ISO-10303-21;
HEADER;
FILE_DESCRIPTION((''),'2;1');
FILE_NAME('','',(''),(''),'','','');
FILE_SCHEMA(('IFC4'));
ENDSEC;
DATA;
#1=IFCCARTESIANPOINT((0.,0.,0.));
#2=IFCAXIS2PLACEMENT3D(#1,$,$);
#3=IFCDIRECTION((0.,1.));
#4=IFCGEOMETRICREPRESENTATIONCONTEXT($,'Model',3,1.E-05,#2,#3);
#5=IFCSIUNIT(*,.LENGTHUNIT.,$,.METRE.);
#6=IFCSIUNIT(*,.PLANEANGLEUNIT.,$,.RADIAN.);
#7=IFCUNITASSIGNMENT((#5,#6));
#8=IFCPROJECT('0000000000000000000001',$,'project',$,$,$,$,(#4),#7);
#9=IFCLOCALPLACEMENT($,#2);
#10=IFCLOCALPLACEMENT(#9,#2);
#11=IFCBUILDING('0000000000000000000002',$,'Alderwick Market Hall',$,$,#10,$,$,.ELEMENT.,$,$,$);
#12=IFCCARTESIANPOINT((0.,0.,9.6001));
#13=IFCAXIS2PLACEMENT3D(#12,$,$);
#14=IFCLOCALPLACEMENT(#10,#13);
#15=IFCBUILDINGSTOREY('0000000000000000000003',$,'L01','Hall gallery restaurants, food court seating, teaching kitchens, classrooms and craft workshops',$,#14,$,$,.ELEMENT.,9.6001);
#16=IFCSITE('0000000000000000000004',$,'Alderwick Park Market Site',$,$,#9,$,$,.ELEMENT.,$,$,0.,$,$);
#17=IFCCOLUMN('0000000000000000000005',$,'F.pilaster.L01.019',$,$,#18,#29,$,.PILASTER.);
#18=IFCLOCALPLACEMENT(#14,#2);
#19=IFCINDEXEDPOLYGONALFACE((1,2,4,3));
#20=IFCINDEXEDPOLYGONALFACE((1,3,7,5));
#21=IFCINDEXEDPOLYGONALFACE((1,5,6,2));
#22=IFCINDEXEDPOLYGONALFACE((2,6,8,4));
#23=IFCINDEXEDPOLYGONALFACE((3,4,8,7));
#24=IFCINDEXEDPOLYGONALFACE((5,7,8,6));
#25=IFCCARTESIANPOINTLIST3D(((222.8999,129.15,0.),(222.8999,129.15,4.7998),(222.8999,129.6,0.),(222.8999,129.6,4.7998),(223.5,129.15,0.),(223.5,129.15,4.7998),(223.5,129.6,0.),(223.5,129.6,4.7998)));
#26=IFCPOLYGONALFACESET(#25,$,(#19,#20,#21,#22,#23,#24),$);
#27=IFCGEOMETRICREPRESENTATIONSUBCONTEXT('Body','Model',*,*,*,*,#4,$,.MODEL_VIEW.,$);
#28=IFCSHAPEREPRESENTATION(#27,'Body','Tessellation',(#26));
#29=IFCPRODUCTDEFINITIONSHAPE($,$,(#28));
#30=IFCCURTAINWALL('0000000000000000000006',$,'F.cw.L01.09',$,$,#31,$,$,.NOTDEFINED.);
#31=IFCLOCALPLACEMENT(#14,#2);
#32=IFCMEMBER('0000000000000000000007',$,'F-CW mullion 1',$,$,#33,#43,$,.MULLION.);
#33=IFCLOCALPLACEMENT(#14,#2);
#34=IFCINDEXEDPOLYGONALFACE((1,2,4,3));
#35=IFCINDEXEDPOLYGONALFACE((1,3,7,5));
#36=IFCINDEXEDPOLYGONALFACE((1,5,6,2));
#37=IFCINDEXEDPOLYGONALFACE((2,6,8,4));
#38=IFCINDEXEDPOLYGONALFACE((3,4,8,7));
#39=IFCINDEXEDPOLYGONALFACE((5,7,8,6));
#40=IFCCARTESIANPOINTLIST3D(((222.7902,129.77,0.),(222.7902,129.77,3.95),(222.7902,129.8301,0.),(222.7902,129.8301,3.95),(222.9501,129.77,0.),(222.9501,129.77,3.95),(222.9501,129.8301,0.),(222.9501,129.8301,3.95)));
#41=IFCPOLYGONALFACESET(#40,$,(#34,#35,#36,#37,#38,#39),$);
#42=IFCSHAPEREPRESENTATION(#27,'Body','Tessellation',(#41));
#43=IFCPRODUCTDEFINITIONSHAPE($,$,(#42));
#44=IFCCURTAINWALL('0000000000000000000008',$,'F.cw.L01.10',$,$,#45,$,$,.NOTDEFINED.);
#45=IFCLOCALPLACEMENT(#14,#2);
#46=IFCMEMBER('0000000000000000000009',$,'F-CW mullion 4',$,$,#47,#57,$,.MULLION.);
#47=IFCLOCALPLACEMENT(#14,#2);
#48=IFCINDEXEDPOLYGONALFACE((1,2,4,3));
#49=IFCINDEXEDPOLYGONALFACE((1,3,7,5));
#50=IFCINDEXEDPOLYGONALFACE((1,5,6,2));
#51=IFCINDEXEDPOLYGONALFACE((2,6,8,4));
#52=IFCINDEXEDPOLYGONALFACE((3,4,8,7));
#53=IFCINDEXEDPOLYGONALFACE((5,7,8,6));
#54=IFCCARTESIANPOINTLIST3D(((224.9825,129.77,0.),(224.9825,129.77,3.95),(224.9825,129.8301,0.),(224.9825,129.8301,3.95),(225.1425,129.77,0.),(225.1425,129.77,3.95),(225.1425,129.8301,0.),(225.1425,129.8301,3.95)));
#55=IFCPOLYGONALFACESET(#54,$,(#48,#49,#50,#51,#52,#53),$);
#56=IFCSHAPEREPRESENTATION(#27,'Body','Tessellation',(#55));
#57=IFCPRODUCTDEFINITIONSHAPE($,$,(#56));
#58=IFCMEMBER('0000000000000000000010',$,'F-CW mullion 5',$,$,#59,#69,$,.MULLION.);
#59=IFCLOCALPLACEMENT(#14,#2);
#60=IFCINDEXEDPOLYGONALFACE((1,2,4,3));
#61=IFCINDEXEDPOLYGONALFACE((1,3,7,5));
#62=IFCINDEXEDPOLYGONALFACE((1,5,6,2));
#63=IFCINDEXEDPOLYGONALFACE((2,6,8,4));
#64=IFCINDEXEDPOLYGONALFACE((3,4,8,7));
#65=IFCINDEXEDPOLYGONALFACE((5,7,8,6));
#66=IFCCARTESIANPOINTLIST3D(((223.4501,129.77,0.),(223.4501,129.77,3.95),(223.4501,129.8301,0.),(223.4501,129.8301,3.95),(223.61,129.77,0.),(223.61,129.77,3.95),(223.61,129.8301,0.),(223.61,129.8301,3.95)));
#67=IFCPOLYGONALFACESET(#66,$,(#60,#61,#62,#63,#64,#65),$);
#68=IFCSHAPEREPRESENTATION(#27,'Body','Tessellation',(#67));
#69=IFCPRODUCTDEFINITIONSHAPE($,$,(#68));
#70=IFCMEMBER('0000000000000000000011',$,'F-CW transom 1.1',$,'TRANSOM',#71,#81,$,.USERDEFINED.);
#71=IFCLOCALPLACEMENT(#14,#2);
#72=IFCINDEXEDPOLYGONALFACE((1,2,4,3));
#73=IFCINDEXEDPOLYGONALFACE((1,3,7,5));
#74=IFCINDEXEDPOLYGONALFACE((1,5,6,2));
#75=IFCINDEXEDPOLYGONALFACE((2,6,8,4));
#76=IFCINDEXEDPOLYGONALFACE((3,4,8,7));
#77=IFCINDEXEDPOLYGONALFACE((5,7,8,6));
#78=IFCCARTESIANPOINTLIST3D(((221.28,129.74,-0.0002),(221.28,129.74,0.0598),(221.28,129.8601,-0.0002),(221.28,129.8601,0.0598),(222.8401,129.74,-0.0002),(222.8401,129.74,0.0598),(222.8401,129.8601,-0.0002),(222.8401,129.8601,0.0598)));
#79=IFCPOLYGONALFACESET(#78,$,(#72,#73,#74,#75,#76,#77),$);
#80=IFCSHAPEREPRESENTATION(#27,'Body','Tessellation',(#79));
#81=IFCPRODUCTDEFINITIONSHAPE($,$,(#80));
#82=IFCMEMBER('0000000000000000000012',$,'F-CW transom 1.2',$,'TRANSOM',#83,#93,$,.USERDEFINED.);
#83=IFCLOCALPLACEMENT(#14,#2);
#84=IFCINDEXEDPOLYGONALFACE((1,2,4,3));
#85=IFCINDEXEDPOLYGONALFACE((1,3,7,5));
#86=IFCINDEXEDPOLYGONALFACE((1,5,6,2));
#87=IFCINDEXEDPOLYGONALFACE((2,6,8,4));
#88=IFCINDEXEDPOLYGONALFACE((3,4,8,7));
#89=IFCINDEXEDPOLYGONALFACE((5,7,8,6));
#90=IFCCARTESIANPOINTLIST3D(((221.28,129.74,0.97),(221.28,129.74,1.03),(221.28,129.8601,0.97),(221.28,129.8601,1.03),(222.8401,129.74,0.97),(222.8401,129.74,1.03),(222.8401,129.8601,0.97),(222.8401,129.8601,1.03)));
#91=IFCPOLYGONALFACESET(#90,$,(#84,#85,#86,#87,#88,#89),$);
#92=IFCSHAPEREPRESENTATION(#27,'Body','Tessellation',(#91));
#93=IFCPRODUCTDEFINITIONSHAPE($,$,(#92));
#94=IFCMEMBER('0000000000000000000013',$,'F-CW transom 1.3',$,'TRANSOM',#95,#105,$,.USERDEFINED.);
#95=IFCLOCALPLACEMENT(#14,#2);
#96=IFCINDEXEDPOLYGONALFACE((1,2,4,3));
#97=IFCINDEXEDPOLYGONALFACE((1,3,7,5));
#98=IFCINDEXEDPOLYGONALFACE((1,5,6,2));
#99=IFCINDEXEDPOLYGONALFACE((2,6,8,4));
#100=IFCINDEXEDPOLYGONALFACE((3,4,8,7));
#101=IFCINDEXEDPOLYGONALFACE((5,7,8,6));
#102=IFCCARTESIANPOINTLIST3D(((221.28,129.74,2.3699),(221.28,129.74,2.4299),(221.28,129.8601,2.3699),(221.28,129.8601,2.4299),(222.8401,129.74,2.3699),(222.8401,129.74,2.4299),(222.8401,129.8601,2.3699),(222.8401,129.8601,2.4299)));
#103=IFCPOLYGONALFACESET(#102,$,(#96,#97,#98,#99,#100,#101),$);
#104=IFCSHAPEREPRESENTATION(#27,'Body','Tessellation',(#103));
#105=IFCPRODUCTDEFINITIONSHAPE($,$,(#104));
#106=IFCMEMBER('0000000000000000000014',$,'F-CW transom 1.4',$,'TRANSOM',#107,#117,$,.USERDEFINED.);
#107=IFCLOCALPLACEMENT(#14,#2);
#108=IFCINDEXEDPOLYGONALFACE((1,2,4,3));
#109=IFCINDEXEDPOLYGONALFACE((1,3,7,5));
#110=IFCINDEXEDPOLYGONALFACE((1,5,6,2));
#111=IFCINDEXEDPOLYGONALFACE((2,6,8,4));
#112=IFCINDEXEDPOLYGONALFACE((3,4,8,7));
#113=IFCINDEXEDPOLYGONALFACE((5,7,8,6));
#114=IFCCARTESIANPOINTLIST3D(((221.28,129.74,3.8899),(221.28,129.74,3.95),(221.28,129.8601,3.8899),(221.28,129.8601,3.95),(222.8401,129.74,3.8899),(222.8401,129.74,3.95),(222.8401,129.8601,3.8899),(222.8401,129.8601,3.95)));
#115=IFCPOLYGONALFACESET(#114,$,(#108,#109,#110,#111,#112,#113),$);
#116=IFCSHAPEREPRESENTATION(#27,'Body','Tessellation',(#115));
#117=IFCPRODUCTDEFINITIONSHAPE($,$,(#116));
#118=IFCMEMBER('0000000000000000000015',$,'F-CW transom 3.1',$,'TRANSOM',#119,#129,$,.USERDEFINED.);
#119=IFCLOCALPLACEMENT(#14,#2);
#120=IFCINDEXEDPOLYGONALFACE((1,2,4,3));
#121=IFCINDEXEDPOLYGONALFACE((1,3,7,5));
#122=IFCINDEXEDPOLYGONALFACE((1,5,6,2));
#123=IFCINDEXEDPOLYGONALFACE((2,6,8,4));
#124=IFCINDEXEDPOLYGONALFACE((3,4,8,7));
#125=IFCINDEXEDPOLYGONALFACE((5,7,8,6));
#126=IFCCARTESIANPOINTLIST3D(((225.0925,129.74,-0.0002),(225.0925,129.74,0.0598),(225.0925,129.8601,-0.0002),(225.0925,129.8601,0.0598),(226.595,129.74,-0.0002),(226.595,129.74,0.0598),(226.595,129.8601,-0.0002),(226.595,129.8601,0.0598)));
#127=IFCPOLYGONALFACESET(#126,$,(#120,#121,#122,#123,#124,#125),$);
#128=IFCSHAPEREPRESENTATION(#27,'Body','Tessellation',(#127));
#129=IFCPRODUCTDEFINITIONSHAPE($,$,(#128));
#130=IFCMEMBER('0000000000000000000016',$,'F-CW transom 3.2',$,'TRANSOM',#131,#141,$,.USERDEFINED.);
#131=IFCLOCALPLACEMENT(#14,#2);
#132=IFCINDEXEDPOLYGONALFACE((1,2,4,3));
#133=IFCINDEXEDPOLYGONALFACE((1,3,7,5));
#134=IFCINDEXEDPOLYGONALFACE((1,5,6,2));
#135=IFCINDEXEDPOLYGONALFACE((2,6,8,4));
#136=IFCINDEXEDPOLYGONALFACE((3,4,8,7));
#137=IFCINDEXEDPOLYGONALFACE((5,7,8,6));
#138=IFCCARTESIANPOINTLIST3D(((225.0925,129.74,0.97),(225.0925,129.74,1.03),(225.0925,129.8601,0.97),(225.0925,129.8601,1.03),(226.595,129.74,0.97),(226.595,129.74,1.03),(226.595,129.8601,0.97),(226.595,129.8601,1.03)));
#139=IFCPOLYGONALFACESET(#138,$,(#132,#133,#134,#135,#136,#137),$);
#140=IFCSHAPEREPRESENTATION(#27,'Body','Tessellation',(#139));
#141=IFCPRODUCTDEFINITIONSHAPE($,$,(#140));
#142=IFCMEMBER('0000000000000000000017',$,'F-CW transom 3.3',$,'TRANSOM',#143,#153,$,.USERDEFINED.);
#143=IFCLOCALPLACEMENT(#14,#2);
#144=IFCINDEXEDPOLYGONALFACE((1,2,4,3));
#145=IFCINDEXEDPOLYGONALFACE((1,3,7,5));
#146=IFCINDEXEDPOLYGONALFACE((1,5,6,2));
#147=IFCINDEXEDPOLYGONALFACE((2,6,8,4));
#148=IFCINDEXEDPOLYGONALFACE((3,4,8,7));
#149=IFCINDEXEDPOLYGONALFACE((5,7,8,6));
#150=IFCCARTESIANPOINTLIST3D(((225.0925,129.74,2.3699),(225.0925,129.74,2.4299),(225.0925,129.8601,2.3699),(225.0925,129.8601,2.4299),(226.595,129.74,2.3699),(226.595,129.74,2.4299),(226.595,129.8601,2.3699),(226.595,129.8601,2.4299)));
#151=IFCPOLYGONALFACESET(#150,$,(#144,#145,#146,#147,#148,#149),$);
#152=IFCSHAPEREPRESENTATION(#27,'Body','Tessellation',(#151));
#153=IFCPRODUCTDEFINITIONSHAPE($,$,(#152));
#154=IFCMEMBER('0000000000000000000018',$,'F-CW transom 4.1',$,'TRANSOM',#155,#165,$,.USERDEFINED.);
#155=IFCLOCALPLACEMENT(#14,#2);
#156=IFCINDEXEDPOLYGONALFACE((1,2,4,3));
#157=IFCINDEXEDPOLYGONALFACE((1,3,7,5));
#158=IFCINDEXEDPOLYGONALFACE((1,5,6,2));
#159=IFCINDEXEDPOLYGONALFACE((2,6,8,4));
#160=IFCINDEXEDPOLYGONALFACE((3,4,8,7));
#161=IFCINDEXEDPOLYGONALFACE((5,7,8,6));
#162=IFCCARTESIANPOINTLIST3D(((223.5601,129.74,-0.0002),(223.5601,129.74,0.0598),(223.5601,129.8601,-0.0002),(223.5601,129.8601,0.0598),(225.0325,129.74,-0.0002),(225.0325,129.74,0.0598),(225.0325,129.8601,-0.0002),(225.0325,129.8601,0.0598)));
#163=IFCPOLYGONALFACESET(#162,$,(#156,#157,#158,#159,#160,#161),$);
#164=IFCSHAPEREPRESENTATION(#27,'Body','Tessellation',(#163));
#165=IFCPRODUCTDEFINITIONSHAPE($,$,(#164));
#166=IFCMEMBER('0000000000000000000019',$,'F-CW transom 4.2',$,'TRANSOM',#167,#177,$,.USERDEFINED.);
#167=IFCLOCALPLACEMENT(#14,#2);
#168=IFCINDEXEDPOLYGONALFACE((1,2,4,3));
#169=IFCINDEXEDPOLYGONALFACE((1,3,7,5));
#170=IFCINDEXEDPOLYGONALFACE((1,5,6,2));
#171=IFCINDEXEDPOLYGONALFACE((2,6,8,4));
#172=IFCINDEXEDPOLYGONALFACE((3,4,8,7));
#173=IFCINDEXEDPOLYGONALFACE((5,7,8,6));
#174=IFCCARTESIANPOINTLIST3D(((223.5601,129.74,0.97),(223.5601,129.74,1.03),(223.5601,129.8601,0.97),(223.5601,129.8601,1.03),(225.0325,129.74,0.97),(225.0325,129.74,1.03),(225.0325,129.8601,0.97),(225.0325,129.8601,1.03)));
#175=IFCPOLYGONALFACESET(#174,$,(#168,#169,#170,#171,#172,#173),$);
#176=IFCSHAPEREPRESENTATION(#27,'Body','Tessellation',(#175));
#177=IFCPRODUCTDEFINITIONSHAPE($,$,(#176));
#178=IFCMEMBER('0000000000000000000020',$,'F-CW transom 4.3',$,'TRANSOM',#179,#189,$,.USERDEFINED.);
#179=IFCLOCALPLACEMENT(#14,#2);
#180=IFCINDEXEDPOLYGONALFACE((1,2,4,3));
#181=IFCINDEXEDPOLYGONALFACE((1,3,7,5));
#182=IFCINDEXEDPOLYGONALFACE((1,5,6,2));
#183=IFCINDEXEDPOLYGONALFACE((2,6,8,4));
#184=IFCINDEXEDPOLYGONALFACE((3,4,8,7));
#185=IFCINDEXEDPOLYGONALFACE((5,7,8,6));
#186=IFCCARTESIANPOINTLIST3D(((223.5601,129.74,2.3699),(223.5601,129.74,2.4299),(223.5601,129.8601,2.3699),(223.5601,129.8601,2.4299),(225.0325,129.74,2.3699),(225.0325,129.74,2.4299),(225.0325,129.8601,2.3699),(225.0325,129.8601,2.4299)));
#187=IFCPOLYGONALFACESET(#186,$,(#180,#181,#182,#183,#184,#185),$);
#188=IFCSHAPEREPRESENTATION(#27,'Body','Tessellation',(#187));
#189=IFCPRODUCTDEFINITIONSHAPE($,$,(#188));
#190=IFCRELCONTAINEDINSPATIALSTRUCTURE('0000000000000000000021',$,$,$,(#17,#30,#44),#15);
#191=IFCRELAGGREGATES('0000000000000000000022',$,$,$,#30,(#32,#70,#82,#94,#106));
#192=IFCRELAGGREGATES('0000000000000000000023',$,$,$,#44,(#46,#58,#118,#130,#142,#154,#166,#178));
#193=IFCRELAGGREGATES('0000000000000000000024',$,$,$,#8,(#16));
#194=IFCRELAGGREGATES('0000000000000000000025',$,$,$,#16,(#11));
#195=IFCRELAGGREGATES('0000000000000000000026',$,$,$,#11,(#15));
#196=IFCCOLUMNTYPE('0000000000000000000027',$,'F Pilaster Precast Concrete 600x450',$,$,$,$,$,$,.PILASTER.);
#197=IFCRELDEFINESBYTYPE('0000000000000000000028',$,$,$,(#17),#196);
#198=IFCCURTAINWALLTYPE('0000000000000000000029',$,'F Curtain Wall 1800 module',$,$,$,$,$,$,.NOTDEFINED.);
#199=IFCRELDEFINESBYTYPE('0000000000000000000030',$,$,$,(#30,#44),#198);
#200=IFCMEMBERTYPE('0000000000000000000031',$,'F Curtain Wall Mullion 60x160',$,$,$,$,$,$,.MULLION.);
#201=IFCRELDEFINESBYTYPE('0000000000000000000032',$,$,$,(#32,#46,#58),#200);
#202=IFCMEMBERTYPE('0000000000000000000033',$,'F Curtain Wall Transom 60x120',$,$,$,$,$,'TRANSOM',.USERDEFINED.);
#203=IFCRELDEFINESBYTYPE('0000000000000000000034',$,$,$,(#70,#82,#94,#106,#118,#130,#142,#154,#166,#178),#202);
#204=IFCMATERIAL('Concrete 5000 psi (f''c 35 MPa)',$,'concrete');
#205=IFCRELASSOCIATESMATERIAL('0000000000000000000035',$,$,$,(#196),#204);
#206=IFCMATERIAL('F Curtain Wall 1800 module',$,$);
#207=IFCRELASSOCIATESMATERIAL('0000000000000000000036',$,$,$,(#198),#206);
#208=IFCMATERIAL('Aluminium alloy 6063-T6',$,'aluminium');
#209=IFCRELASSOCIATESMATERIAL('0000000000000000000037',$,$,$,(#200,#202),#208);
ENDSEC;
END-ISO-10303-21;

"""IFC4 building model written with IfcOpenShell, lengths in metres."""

from ifc_helpers import new_model, si_unit, direction, frame, origin, origin_2d, place, context, subcontext, project, spatial, rectangle, extrude, material, material_profile, profile_set, type_object, element, aggregate, save


model = new_model("IFC4")

# Units and contexts
model_context = context("Model", 3, precision=1e-05, world=origin(), true_north=direction((0.0, 1.0)))
body_context = subcontext(model_context, "Body", "Model", "MODEL_VIEW")
ifc_project = project(units=[si_unit("LENGTHUNIT", "METRE"), si_unit("PLANEANGLEUNIT", "RADIAN")], contexts=[model_context])

# Site, building, storey
site_placement = place(None, origin())
site = spatial("IfcSite", under=ifc_project, at=site_placement, Name="Alderwick Park Market Site", CompositionType="ELEMENT", RefElevation=0.0)
building_placement = place(site_placement, origin())
building = spatial("IfcBuilding", under=site, at=building_placement, Name="Alderwick Market Hall", CompositionType="ELEMENT")
storey_placement = place(building_placement, frame((0.0, 0.0, 9.6001)))
storey = spatial("IfcBuildingStorey", under=building, at=storey_placement, Name="L01", Description="Hall gallery restaurants, food court seating, teaching kitchens, classrooms and craft workshops", CompositionType="ELEMENT", Elevation=9.6001)

# Column
ifc_material_1 = material(Name="Concrete 5000 psi (f'c 35 MPa)", Category="concrete")
ifc_material_profile_1 = material_profile(ifc_material_1, rectangle(XDim=0.6001, YDim=0.45, at=origin_2d()), Name="PC 600x450")
ifc_profile_set_1 = profile_set([ifc_material_profile_1], Name="Concrete 5000 psi (f'c 35 MPa)")
column_type = type_object("IfcColumnType", Name="F Pilaster Precast Concrete 600x450", PredefinedType="PILASTER", material=ifc_profile_set_1)
column_placement = place(storey_placement, frame((223.2, 129.375, 0.0), z_axis=(0.0, 0.0, 1.0), x_axis=(1.0, 0.0, 0.0)))
element("IfcColumn", 1, at=column_placement, inside=storey, type_object=column_type, Name="F.pilaster.L01.019", PredefinedType="PILASTER", context=body_context, shape_type="SweptSolid", body=[
    extrude(rectangle(XDim=0.6001, YDim=0.45, at=origin_2d()), origin(), (0.0, 0.0, 1.0), 4.7998),
])

# Curtain wall, member
ifc_material_2 = material(Name="F Curtain Wall 1800 module")
curtain_wall_type = type_object("IfcCurtainWallType", Name="F Curtain Wall 1800 module", PredefinedType="NOTDEFINED", material=ifc_material_2)
curtain_wall_1_placement = place(storey_placement, origin())
curtain_wall_1 = element("IfcCurtainWall", 2, at=curtain_wall_1_placement, inside=storey, type_object=curtain_wall_type, Name="F.cw.L01.09", PredefinedType="NOTDEFINED")
ifc_material_3 = material(Name="Aluminium alloy 6063-T6", Category="aluminium")
ifc_material_profile_2 = material_profile(ifc_material_3, rectangle(XDim=0.0601, YDim=0.1599, at=origin_2d()), Name="AL 60x160")
ifc_profile_set_2 = profile_set([ifc_material_profile_2], Name="Aluminium alloy 6063-T6")
member_type_1 = type_object("IfcMemberType", Name="F Curtain Wall Mullion 60x160", PredefinedType="MULLION", material=ifc_profile_set_2)
member_1_placement = place(storey_placement, frame((222.8701, 129.8, 0.0), z_axis=(0.0, 0.0, 1.0), x_axis=(0.0, -1.0, 0.0)))
member_1 = element("IfcMember", 3, at=member_1_placement, type_object=member_type_1, Name="F-CW mullion 1", PredefinedType="MULLION", context=body_context, shape_type="SweptSolid", body=[
    extrude(rectangle(XDim=0.0601, YDim=0.1599, at=origin_2d()), origin(), (0.0, 0.0, 1.0), 3.95),
])

# Curtain wall, members
curtain_wall_2_placement = place(storey_placement, origin())
curtain_wall_2 = element("IfcCurtainWall", 4, at=curtain_wall_2_placement, inside=storey, type_object=curtain_wall_type, Name="F.cw.L01.10", PredefinedType="NOTDEFINED")
member_2_placement = place(storey_placement, frame((225.0625, 129.8, 0.0), z_axis=(0.0, 0.0, 1.0), x_axis=(0.0, -1.0, 0.0)))
member_2 = element("IfcMember", 5, at=member_2_placement, type_object=member_type_1, Name="F-CW mullion 4", PredefinedType="MULLION", context=body_context, shape_type="SweptSolid", body=[
    extrude(rectangle(XDim=0.0601, YDim=0.1599, at=origin_2d()), origin(), (0.0, 0.0, 1.0), 3.95),
])
member_3_placement = place(storey_placement, frame((223.53, 129.8, 0.0), z_axis=(0.0, 0.0, 1.0), x_axis=(0.0, -1.0, 0.0)))
member_3 = element("IfcMember", 6, at=member_3_placement, type_object=member_type_1, Name="F-CW mullion 5", PredefinedType="MULLION", context=body_context, shape_type="SweptSolid", body=[
    extrude(rectangle(XDim=0.0601, YDim=0.1599, at=origin_2d()), origin(), (0.0, 0.0, 1.0), 3.95),
])

# Members
ifc_material_profile_3 = material_profile(ifc_material_3, rectangle(XDim=0.1201, YDim=0.0601, at=origin_2d()), Name="AL 60x120")
ifc_profile_set_3 = profile_set([ifc_material_profile_3], Name="Aluminium alloy 6063-T6")
member_type_2 = type_object("IfcMemberType", Name="F Curtain Wall Transom 60x120", ElementType="TRANSOM", PredefinedType="USERDEFINED", material=ifc_profile_set_3)
member_4_placement = place(storey_placement, frame((222.8401, 129.8, 0.0298), z_axis=(-1.0, 0.0, 0.0), x_axis=(0.0, -1.0, 0.0)))
member_4 = element("IfcMember", 7, at=member_4_placement, type_object=member_type_2, Name="F-CW transom 1.1", ObjectType="TRANSOM", PredefinedType="USERDEFINED", context=body_context, shape_type="SweptSolid", body=[
    extrude(rectangle(XDim=0.1201, YDim=0.0601, at=origin_2d()), origin(), (0.0, 0.0, 1.0), 1.5601),
])
member_5_placement = place(storey_placement, frame((222.8401, 129.8, 1.0), z_axis=(-1.0, 0.0, 0.0), x_axis=(0.0, -1.0, 0.0)))
member_5 = element("IfcMember", 8, at=member_5_placement, type_object=member_type_2, Name="F-CW transom 1.2", ObjectType="TRANSOM", PredefinedType="USERDEFINED", context=body_context, shape_type="SweptSolid", body=[
    extrude(rectangle(XDim=0.1201, YDim=0.0601, at=origin_2d()), origin(), (0.0, 0.0, 1.0), 1.5601),
])
member_6_placement = place(storey_placement, frame((222.8401, 129.8, 2.3999), z_axis=(-1.0, 0.0, 0.0), x_axis=(0.0, -1.0, 0.0)))
member_6 = element("IfcMember", 9, at=member_6_placement, type_object=member_type_2, Name="F-CW transom 1.3", ObjectType="TRANSOM", PredefinedType="USERDEFINED", context=body_context, shape_type="SweptSolid", body=[
    extrude(rectangle(XDim=0.1201, YDim=0.0601, at=origin_2d()), origin(), (0.0, 0.0, 1.0), 1.5601),
])
member_7_placement = place(storey_placement, frame((222.8401, 129.8, 3.9199), z_axis=(-1.0, 0.0, 0.0), x_axis=(0.0, -1.0, 0.0)))
member_7 = element("IfcMember", 10, at=member_7_placement, type_object=member_type_2, Name="F-CW transom 1.4", ObjectType="TRANSOM", PredefinedType="USERDEFINED", context=body_context, shape_type="SweptSolid", body=[
    extrude(rectangle(XDim=0.1201, YDim=0.0601, at=origin_2d()), origin(), (0.0, 0.0, 1.0), 1.5601),
])
aggregate(curtain_wall_1, [member_1, member_4, member_5, member_6, member_7])
member_8_placement = place(storey_placement, frame((226.595, 129.8, 0.0298), z_axis=(-1.0, 0.0, 0.0), x_axis=(0.0, -1.0, 0.0)))
member_8 = element("IfcMember", 11, at=member_8_placement, type_object=member_type_2, Name="F-CW transom 3.1", ObjectType="TRANSOM", PredefinedType="USERDEFINED", context=body_context, shape_type="SweptSolid", body=[
    extrude(rectangle(XDim=0.1201, YDim=0.0601, at=origin_2d()), origin(), (0.0, 0.0, 1.0), 1.5024),
])
member_9_placement = place(storey_placement, frame((226.595, 129.8, 1.0), z_axis=(-1.0, 0.0, 0.0), x_axis=(0.0, -1.0, 0.0)))
member_9 = element("IfcMember", 12, at=member_9_placement, type_object=member_type_2, Name="F-CW transom 3.2", ObjectType="TRANSOM", PredefinedType="USERDEFINED", context=body_context, shape_type="SweptSolid", body=[
    extrude(rectangle(XDim=0.1201, YDim=0.0601, at=origin_2d()), origin(), (0.0, 0.0, 1.0), 1.5024),
])
member_10_placement = place(storey_placement, frame((226.595, 129.8, 2.3999), z_axis=(-1.0, 0.0, 0.0), x_axis=(0.0, -1.0, 0.0)))
member_10 = element("IfcMember", 13, at=member_10_placement, type_object=member_type_2, Name="F-CW transom 3.3", ObjectType="TRANSOM", PredefinedType="USERDEFINED", context=body_context, shape_type="SweptSolid", body=[
    extrude(rectangle(XDim=0.1201, YDim=0.0601, at=origin_2d()), origin(), (0.0, 0.0, 1.0), 1.5024),
])
member_11_placement = place(storey_placement, frame((225.0325, 129.8, 0.0298), z_axis=(-1.0, 0.0, 0.0), x_axis=(0.0, -1.0, 0.0)))
member_11 = element("IfcMember", 14, at=member_11_placement, type_object=member_type_2, Name="F-CW transom 4.1", ObjectType="TRANSOM", PredefinedType="USERDEFINED", context=body_context, shape_type="SweptSolid", body=[
    extrude(rectangle(XDim=0.1201, YDim=0.0601, at=origin_2d()), origin(), (0.0, 0.0, 1.0), 1.4724),
])
member_12_placement = place(storey_placement, frame((225.0325, 129.8, 1.0), z_axis=(-1.0, 0.0, 0.0), x_axis=(0.0, -1.0, 0.0)))
member_12 = element("IfcMember", 15, at=member_12_placement, type_object=member_type_2, Name="F-CW transom 4.2", ObjectType="TRANSOM", PredefinedType="USERDEFINED", context=body_context, shape_type="SweptSolid", body=[
    extrude(rectangle(XDim=0.1201, YDim=0.0601, at=origin_2d()), origin(), (0.0, 0.0, 1.0), 1.4724),
])
member_13_placement = place(storey_placement, frame((225.0325, 129.8, 2.3999), z_axis=(-1.0, 0.0, 0.0), x_axis=(0.0, -1.0, 0.0)))
member_13 = element("IfcMember", 16, at=member_13_placement, type_object=member_type_2, Name="F-CW transom 4.3", ObjectType="TRANSOM", PredefinedType="USERDEFINED", context=body_context, shape_type="SweptSolid", body=[
    extrude(rectangle(XDim=0.1201, YDim=0.0601, at=origin_2d()), origin(), (0.0, 0.0, 1.0), 1.4724),
])

aggregate(curtain_wall_2, [member_2, member_3, member_8, member_9, member_10, member_11, member_12, member_13])

save(model, "model.ifc")
